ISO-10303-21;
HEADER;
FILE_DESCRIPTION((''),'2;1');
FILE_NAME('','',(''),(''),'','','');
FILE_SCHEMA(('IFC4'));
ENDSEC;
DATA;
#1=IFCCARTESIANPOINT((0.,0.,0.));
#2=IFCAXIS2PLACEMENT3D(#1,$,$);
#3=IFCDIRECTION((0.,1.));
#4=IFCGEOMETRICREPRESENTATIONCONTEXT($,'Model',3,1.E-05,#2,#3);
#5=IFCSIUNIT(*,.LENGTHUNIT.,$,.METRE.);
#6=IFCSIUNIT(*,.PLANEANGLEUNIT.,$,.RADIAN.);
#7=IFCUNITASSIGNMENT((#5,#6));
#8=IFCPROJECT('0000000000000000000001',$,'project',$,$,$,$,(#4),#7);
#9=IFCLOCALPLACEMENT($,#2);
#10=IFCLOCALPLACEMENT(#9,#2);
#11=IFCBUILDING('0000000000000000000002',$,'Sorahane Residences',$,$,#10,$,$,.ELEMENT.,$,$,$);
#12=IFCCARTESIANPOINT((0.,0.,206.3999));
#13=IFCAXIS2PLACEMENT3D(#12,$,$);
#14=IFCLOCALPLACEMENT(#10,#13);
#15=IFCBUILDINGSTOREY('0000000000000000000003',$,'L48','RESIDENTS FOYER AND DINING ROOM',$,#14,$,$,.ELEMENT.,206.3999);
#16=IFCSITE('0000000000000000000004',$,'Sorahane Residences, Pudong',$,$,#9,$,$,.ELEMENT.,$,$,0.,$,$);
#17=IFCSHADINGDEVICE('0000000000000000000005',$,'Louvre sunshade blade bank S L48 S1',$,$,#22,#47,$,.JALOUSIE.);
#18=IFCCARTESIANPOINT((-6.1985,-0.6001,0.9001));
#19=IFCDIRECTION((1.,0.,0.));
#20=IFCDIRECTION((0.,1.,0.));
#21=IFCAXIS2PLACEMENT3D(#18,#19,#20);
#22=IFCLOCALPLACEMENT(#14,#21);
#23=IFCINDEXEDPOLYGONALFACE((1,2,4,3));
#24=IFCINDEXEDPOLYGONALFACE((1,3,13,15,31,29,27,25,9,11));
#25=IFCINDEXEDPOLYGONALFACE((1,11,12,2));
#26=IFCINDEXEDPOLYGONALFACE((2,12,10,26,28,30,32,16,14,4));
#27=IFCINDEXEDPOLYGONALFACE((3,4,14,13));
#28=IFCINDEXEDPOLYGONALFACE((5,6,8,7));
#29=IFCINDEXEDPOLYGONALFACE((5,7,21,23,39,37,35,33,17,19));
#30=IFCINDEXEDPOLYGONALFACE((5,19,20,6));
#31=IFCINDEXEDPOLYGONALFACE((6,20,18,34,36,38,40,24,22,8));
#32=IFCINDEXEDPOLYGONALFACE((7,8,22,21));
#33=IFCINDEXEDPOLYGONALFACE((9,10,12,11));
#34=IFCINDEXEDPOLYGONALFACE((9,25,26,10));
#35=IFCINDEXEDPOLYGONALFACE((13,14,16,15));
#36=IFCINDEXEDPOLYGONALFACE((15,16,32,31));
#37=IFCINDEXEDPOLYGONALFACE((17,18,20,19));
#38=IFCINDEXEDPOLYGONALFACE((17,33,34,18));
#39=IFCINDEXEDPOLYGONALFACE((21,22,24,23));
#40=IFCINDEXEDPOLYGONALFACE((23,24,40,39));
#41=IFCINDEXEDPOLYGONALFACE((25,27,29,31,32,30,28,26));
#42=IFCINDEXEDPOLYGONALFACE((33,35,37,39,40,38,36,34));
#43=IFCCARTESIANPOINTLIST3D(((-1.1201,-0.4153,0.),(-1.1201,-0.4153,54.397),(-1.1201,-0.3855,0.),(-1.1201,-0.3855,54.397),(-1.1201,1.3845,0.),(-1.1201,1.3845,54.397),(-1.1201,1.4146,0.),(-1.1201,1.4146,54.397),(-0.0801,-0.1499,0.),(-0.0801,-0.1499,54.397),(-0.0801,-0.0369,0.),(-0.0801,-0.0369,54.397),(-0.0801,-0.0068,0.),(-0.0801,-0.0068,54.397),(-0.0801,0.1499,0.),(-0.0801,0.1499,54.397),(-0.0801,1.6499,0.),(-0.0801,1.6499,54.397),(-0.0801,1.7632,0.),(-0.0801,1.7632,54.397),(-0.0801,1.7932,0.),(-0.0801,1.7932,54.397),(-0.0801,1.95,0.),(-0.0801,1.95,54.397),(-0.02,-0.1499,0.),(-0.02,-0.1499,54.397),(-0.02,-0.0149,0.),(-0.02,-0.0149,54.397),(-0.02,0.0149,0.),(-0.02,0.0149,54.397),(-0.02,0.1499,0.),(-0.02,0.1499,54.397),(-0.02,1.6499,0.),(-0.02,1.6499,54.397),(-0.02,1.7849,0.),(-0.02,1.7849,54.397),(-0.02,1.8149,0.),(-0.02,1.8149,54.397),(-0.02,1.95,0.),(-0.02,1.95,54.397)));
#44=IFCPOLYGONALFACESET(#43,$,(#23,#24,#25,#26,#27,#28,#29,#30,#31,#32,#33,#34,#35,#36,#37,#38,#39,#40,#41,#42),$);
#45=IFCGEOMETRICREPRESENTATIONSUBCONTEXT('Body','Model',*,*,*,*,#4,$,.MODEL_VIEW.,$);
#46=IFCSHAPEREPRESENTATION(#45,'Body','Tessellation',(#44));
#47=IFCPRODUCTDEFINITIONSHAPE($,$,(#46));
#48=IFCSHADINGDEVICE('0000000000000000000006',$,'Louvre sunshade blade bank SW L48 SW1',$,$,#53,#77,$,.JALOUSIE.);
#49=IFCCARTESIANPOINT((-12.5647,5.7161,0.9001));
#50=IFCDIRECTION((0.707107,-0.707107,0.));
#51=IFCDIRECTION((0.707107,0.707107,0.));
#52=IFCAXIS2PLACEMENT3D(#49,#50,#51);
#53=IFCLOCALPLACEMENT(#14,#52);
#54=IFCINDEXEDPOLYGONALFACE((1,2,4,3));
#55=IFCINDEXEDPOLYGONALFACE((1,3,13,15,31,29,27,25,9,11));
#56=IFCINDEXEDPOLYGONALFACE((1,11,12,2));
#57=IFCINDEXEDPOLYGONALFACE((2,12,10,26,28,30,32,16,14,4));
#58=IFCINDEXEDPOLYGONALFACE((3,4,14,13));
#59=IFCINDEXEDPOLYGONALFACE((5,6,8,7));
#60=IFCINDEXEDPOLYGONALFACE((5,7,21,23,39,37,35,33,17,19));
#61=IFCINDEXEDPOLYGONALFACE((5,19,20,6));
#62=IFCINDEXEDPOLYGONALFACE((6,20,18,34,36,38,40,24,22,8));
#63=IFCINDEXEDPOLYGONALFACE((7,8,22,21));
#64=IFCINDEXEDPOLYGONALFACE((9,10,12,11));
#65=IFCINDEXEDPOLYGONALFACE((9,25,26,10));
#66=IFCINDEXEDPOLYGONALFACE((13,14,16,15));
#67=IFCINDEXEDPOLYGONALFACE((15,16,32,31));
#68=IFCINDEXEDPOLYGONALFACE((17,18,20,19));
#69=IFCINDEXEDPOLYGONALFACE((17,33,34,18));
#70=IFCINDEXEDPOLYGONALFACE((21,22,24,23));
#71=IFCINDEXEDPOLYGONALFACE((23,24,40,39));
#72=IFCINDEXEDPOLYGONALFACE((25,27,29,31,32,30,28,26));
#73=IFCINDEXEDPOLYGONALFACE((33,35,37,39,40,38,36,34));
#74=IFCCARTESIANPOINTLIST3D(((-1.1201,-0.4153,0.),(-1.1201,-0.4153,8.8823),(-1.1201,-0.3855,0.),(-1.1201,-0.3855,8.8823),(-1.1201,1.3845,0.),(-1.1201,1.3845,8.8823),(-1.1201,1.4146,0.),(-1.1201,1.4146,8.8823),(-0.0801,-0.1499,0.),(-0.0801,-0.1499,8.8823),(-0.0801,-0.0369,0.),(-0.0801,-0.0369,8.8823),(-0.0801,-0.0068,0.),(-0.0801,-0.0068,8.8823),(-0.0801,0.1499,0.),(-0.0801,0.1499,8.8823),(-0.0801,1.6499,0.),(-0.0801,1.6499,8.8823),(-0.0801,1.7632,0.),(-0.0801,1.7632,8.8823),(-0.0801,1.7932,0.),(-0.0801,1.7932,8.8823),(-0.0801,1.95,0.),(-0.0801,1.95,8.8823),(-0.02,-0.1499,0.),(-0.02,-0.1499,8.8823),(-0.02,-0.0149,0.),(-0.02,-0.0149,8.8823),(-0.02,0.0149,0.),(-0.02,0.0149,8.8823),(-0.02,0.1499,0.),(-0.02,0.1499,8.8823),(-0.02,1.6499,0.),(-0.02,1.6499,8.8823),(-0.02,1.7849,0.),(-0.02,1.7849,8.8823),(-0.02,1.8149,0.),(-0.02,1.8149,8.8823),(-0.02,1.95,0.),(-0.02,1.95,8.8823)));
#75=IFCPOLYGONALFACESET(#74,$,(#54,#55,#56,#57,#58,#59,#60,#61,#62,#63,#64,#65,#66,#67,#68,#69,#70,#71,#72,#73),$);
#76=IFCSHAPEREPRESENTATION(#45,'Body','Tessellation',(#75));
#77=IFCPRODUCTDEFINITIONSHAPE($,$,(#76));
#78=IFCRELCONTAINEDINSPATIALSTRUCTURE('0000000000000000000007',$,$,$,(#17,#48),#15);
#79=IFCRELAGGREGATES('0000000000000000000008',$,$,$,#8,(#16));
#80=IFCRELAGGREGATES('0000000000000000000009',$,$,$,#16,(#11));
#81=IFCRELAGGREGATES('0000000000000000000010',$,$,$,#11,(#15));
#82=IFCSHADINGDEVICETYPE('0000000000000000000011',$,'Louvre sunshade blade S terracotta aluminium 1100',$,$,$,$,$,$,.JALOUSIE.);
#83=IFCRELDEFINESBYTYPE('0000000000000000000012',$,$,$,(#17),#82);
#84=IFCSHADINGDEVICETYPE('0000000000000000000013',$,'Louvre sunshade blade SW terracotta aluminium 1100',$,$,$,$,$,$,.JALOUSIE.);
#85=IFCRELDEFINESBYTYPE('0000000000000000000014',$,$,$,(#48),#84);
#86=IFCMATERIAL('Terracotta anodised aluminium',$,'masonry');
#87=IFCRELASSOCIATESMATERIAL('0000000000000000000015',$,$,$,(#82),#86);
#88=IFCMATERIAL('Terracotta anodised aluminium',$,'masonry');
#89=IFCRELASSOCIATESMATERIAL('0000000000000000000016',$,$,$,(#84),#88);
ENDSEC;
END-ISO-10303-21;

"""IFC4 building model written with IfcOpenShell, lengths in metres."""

from ifc_helpers import new_model, si_unit, direction, frame, origin, place, context, subcontext, project, spatial, polyline, outline, composite_profile, extrude, material, type_object, element, save


model = new_model("IFC4")

# Units and contexts
model_context = context("Model", 3, precision=1e-05, world=origin(), true_north=direction((0.0, 1.0)))
body_context = subcontext(model_context, "Body", "Model", "MODEL_VIEW")
ifc_project = project(units=[si_unit("LENGTHUNIT", "METRE"), si_unit("PLANEANGLEUNIT", "RADIAN")], contexts=[model_context])

# Site, building, storey
site_placement = place(None, origin())
site = spatial("IfcSite", under=ifc_project, at=site_placement, Name="Sorahane Residences, Pudong", CompositionType="ELEMENT", RefElevation=0.0)
building_placement = place(site_placement, origin())
building = spatial("IfcBuilding", under=site, at=building_placement, Name="Sorahane Residences", CompositionType="ELEMENT")
storey_placement = place(building_placement, frame((0.0, 0.0, 206.3999)))
storey = spatial("IfcBuildingStorey", under=building, at=storey_placement, Name="L48", Description="RESIDENTS FOYER AND DINING ROOM", CompositionType="ELEMENT", Elevation=206.3999)

# Shading devices
ifc_material_1 = material(Name="Terracotta anodised aluminium", Category="masonry")
shading_device_type_1 = type_object("IfcShadingDeviceType", Name="Louvre sunshade blade S terracotta aluminium 1100", PredefinedType="JALOUSIE", material=ifc_material_1)
shading_device_1_placement = place(storey_placement, frame((-6.1985, -0.6001, 0.9001), z_axis=(1.0, 0.0, 0.0), x_axis=(0.0, 1.0, 0.0)))
element("IfcShadingDevice", 1, at=shading_device_1_placement, inside=storey, type_object=shading_device_type_1, Name="Louvre sunshade blade bank S L48 S1", PredefinedType="JALOUSIE", context=body_context, shape_type="SweptSolid", body=[
    extrude(composite_profile([outline(polyline([(-1.1201, -0.3855), (-1.1201, -0.4153), (-0.0801, -0.0369), (-0.0801, -0.1499), (-0.02, -0.1499), (-0.02, -0.0149), (-0.02, 0.0149), (-0.02, 0.1499), (-0.0801, 0.1499), (-0.0801, -0.0068), (-1.1201, -0.3855)])), outline(polyline([(-1.1201, 1.4146), (-1.1201, 1.3845), (-0.0801, 1.7632), (-0.0801, 1.6499), (-0.02, 1.6499), (-0.02, 1.7849), (-0.02, 1.8149), (-0.02, 1.95), (-0.0801, 1.95), (-0.0801, 1.7932), (-1.1201, 1.4146)]))]), origin(), (0.0, 0.0, 1.0), 54.397),
])
ifc_material_2 = material(Name="Terracotta anodised aluminium", Category="masonry")
shading_device_type_2 = type_object("IfcShadingDeviceType", Name="Louvre sunshade blade SW terracotta aluminium 1100", PredefinedType="JALOUSIE", material=ifc_material_2)
shading_device_2_placement = place(storey_placement, frame((-12.5647, 5.7161, 0.9001), z_axis=(0.707107, -0.707107, 0.0), x_axis=(0.707107, 0.707107, 0.0)))
element("IfcShadingDevice", 2, at=shading_device_2_placement, inside=storey, type_object=shading_device_type_2, Name="Louvre sunshade blade bank SW L48 SW1", PredefinedType="JALOUSIE", context=body_context, shape_type="SweptSolid", body=[
    extrude(composite_profile([outline(polyline([(-1.1201, -0.3855), (-1.1201, -0.4153), (-0.0801, -0.0369), (-0.0801, -0.1499), (-0.02, -0.1499), (-0.02, -0.0149), (-0.02, 0.0149), (-0.02, 0.1499), (-0.0801, 0.1499), (-0.0801, -0.0068), (-1.1201, -0.3855)])), outline(polyline([(-1.1201, 1.4146), (-1.1201, 1.3845), (-0.0801, 1.7632), (-0.0801, 1.6499), (-0.02, 1.6499), (-0.02, 1.7849), (-0.02, 1.8149), (-0.02, 1.95), (-0.0801, 1.95), (-0.0801, 1.7932), (-1.1201, 1.4146)]))]), origin(), (0.0, 0.0, 1.0), 8.8823),
])

save(model, "model.ifc")
